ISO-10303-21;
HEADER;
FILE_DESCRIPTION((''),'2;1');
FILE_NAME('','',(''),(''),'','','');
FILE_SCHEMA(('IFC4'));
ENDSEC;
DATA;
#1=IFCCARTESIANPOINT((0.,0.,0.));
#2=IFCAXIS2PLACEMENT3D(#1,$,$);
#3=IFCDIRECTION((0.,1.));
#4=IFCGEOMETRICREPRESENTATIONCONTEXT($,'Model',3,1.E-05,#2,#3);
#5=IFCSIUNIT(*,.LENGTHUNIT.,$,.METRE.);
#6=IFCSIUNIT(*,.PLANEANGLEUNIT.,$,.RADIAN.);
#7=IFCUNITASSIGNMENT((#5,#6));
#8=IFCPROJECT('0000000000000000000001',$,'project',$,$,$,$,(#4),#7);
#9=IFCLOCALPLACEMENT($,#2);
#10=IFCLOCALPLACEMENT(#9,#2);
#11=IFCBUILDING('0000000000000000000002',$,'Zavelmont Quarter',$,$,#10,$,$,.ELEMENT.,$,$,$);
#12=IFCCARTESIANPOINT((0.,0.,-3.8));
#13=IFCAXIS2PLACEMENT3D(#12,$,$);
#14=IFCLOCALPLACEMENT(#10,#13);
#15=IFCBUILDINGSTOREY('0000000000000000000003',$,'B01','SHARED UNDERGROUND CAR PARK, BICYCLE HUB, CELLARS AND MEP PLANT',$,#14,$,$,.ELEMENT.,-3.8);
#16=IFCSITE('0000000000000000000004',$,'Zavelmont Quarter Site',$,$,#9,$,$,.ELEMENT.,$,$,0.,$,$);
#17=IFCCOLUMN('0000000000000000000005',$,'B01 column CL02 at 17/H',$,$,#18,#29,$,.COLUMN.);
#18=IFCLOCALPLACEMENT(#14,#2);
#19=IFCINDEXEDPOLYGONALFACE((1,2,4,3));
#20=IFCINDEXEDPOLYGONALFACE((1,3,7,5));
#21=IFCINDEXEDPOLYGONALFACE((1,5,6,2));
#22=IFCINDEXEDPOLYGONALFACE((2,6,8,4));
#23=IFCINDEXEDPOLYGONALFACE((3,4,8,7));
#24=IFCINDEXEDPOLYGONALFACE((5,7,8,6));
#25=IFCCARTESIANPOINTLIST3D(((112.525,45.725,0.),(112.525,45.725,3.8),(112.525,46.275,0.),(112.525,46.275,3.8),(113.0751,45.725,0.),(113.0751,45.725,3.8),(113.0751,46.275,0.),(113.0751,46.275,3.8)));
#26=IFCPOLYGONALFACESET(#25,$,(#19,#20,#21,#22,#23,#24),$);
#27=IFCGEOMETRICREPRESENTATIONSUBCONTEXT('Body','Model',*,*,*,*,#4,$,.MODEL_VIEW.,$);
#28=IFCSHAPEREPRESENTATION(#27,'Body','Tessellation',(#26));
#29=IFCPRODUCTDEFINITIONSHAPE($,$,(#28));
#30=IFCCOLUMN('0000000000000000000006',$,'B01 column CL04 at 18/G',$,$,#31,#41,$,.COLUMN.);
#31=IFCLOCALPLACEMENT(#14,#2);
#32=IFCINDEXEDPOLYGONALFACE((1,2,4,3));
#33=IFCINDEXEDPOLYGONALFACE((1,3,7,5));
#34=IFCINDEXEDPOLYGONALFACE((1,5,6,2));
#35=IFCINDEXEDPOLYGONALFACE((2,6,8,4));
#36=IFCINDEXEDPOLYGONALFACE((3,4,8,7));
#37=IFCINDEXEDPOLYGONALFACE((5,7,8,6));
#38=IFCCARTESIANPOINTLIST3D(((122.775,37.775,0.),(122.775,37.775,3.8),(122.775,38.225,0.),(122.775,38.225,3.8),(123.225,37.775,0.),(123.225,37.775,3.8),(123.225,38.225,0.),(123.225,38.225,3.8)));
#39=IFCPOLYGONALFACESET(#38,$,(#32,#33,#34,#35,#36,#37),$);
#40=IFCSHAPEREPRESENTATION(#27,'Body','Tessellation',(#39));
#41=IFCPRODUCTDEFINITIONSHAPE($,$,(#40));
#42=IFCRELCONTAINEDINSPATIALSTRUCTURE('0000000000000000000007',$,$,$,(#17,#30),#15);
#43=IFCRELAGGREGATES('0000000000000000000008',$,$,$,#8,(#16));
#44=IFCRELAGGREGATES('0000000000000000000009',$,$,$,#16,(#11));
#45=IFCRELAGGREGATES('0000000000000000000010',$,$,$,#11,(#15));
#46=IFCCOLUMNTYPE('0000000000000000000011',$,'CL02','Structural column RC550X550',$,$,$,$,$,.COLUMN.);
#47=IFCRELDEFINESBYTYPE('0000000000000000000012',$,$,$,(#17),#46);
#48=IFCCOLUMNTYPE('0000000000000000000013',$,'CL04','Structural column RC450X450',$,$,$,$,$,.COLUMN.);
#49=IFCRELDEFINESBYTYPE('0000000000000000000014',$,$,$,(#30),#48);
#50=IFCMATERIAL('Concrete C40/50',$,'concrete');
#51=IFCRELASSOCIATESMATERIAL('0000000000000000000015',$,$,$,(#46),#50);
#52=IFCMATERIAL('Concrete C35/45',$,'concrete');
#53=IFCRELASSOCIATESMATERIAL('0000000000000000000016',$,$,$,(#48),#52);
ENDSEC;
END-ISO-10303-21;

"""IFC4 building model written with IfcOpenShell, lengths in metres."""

from ifc_helpers import new_model, si_unit, direction, frame, origin, origin_2d, place, context, subcontext, project, spatial, rectangle, extrude, material, material_profile, profile_set, type_object, element, save


model = new_model("IFC4")

# Units and contexts
model_context = context("Model", 3, precision=1e-05, world=origin(), true_north=direction((0.0, 1.0)))
body_context = subcontext(model_context, "Body", "Model", "MODEL_VIEW")
ifc_project = project(units=[si_unit("LENGTHUNIT", "METRE"), si_unit("PLANEANGLEUNIT", "RADIAN")], contexts=[model_context])

# Site, building, storey
site_placement = place(None, origin())
site = spatial("IfcSite", under=ifc_project, at=site_placement, Name="Zavelmont Quarter Site", CompositionType="ELEMENT", RefElevation=0.0)
building_placement = place(site_placement, origin())
building = spatial("IfcBuilding", under=site, at=building_placement, Name="Zavelmont Quarter", CompositionType="ELEMENT")
storey_placement = place(building_placement, frame((0.0, 0.0, -3.8)))
storey = spatial("IfcBuildingStorey", under=building, at=storey_placement, Name="B01", Description="SHARED UNDERGROUND CAR PARK, BICYCLE HUB, CELLARS AND MEP PLANT", CompositionType="ELEMENT", Elevation=-3.8)

# Shared definitions
ifc_material_1 = material(Name="Concrete C35/45", Category="concrete")

# Columns
ifc_material_2 = material(Name="Concrete C40/50", Category="concrete")
ifc_material_profile_1 = material_profile(ifc_material_2, rectangle(XDim=0.55, YDim=0.55, at=origin_2d()), Name="RC550X550")
ifc_profile_set_1 = profile_set([ifc_material_profile_1], Name="Concrete C40/50")
column_type_1 = type_object("IfcColumnType", Name="CL02", Description="Structural column RC550X550", PredefinedType="COLUMN", material=ifc_profile_set_1)
for number, where, z_axis, x_axis, name in (
    (1, (112.8, 46.0, 0.0), (0.0, 0.0, 1.0), (1.0, 0.0, 0.0), "B01 column CL02 at 17/H"),
):
    element("IfcColumn", number, at=place(storey_placement, frame(where, z_axis=z_axis, x_axis=x_axis)), inside=storey, type_object=column_type_1, Name=name, PredefinedType="COLUMN", context=body_context, shape_type="SweptSolid", body=[
        extrude(rectangle(XDim=0.55, YDim=0.55, at=origin_2d()), origin(), (0.0, 0.0, 1.0), 3.8),
    ])
ifc_material_profile_2 = material_profile(ifc_material_1, rectangle(XDim=0.45, YDim=0.45, at=origin_2d()), Name="RC450X450")
ifc_profile_set_2 = profile_set([ifc_material_profile_2], Name="Concrete C35/45")
column_type_2 = type_object("IfcColumnType", Name="CL04", Description="Structural column RC450X450", PredefinedType="COLUMN", material=ifc_profile_set_2)
column_placement = place(storey_placement, frame((123.0, 38.0, 0.0), z_axis=(0.0, 0.0, 1.0), x_axis=(1.0, 0.0, 0.0)))
element("IfcColumn", 2, at=column_placement, inside=storey, type_object=column_type_2, Name="B01 column CL04 at 18/G", PredefinedType="COLUMN", context=body_context, shape_type="SweptSolid", body=[
    extrude(rectangle(XDim=0.45, YDim=0.45, at=origin_2d()), origin(), (0.0, 0.0, 1.0), 3.8),
])

save(model, "model.ifc")
